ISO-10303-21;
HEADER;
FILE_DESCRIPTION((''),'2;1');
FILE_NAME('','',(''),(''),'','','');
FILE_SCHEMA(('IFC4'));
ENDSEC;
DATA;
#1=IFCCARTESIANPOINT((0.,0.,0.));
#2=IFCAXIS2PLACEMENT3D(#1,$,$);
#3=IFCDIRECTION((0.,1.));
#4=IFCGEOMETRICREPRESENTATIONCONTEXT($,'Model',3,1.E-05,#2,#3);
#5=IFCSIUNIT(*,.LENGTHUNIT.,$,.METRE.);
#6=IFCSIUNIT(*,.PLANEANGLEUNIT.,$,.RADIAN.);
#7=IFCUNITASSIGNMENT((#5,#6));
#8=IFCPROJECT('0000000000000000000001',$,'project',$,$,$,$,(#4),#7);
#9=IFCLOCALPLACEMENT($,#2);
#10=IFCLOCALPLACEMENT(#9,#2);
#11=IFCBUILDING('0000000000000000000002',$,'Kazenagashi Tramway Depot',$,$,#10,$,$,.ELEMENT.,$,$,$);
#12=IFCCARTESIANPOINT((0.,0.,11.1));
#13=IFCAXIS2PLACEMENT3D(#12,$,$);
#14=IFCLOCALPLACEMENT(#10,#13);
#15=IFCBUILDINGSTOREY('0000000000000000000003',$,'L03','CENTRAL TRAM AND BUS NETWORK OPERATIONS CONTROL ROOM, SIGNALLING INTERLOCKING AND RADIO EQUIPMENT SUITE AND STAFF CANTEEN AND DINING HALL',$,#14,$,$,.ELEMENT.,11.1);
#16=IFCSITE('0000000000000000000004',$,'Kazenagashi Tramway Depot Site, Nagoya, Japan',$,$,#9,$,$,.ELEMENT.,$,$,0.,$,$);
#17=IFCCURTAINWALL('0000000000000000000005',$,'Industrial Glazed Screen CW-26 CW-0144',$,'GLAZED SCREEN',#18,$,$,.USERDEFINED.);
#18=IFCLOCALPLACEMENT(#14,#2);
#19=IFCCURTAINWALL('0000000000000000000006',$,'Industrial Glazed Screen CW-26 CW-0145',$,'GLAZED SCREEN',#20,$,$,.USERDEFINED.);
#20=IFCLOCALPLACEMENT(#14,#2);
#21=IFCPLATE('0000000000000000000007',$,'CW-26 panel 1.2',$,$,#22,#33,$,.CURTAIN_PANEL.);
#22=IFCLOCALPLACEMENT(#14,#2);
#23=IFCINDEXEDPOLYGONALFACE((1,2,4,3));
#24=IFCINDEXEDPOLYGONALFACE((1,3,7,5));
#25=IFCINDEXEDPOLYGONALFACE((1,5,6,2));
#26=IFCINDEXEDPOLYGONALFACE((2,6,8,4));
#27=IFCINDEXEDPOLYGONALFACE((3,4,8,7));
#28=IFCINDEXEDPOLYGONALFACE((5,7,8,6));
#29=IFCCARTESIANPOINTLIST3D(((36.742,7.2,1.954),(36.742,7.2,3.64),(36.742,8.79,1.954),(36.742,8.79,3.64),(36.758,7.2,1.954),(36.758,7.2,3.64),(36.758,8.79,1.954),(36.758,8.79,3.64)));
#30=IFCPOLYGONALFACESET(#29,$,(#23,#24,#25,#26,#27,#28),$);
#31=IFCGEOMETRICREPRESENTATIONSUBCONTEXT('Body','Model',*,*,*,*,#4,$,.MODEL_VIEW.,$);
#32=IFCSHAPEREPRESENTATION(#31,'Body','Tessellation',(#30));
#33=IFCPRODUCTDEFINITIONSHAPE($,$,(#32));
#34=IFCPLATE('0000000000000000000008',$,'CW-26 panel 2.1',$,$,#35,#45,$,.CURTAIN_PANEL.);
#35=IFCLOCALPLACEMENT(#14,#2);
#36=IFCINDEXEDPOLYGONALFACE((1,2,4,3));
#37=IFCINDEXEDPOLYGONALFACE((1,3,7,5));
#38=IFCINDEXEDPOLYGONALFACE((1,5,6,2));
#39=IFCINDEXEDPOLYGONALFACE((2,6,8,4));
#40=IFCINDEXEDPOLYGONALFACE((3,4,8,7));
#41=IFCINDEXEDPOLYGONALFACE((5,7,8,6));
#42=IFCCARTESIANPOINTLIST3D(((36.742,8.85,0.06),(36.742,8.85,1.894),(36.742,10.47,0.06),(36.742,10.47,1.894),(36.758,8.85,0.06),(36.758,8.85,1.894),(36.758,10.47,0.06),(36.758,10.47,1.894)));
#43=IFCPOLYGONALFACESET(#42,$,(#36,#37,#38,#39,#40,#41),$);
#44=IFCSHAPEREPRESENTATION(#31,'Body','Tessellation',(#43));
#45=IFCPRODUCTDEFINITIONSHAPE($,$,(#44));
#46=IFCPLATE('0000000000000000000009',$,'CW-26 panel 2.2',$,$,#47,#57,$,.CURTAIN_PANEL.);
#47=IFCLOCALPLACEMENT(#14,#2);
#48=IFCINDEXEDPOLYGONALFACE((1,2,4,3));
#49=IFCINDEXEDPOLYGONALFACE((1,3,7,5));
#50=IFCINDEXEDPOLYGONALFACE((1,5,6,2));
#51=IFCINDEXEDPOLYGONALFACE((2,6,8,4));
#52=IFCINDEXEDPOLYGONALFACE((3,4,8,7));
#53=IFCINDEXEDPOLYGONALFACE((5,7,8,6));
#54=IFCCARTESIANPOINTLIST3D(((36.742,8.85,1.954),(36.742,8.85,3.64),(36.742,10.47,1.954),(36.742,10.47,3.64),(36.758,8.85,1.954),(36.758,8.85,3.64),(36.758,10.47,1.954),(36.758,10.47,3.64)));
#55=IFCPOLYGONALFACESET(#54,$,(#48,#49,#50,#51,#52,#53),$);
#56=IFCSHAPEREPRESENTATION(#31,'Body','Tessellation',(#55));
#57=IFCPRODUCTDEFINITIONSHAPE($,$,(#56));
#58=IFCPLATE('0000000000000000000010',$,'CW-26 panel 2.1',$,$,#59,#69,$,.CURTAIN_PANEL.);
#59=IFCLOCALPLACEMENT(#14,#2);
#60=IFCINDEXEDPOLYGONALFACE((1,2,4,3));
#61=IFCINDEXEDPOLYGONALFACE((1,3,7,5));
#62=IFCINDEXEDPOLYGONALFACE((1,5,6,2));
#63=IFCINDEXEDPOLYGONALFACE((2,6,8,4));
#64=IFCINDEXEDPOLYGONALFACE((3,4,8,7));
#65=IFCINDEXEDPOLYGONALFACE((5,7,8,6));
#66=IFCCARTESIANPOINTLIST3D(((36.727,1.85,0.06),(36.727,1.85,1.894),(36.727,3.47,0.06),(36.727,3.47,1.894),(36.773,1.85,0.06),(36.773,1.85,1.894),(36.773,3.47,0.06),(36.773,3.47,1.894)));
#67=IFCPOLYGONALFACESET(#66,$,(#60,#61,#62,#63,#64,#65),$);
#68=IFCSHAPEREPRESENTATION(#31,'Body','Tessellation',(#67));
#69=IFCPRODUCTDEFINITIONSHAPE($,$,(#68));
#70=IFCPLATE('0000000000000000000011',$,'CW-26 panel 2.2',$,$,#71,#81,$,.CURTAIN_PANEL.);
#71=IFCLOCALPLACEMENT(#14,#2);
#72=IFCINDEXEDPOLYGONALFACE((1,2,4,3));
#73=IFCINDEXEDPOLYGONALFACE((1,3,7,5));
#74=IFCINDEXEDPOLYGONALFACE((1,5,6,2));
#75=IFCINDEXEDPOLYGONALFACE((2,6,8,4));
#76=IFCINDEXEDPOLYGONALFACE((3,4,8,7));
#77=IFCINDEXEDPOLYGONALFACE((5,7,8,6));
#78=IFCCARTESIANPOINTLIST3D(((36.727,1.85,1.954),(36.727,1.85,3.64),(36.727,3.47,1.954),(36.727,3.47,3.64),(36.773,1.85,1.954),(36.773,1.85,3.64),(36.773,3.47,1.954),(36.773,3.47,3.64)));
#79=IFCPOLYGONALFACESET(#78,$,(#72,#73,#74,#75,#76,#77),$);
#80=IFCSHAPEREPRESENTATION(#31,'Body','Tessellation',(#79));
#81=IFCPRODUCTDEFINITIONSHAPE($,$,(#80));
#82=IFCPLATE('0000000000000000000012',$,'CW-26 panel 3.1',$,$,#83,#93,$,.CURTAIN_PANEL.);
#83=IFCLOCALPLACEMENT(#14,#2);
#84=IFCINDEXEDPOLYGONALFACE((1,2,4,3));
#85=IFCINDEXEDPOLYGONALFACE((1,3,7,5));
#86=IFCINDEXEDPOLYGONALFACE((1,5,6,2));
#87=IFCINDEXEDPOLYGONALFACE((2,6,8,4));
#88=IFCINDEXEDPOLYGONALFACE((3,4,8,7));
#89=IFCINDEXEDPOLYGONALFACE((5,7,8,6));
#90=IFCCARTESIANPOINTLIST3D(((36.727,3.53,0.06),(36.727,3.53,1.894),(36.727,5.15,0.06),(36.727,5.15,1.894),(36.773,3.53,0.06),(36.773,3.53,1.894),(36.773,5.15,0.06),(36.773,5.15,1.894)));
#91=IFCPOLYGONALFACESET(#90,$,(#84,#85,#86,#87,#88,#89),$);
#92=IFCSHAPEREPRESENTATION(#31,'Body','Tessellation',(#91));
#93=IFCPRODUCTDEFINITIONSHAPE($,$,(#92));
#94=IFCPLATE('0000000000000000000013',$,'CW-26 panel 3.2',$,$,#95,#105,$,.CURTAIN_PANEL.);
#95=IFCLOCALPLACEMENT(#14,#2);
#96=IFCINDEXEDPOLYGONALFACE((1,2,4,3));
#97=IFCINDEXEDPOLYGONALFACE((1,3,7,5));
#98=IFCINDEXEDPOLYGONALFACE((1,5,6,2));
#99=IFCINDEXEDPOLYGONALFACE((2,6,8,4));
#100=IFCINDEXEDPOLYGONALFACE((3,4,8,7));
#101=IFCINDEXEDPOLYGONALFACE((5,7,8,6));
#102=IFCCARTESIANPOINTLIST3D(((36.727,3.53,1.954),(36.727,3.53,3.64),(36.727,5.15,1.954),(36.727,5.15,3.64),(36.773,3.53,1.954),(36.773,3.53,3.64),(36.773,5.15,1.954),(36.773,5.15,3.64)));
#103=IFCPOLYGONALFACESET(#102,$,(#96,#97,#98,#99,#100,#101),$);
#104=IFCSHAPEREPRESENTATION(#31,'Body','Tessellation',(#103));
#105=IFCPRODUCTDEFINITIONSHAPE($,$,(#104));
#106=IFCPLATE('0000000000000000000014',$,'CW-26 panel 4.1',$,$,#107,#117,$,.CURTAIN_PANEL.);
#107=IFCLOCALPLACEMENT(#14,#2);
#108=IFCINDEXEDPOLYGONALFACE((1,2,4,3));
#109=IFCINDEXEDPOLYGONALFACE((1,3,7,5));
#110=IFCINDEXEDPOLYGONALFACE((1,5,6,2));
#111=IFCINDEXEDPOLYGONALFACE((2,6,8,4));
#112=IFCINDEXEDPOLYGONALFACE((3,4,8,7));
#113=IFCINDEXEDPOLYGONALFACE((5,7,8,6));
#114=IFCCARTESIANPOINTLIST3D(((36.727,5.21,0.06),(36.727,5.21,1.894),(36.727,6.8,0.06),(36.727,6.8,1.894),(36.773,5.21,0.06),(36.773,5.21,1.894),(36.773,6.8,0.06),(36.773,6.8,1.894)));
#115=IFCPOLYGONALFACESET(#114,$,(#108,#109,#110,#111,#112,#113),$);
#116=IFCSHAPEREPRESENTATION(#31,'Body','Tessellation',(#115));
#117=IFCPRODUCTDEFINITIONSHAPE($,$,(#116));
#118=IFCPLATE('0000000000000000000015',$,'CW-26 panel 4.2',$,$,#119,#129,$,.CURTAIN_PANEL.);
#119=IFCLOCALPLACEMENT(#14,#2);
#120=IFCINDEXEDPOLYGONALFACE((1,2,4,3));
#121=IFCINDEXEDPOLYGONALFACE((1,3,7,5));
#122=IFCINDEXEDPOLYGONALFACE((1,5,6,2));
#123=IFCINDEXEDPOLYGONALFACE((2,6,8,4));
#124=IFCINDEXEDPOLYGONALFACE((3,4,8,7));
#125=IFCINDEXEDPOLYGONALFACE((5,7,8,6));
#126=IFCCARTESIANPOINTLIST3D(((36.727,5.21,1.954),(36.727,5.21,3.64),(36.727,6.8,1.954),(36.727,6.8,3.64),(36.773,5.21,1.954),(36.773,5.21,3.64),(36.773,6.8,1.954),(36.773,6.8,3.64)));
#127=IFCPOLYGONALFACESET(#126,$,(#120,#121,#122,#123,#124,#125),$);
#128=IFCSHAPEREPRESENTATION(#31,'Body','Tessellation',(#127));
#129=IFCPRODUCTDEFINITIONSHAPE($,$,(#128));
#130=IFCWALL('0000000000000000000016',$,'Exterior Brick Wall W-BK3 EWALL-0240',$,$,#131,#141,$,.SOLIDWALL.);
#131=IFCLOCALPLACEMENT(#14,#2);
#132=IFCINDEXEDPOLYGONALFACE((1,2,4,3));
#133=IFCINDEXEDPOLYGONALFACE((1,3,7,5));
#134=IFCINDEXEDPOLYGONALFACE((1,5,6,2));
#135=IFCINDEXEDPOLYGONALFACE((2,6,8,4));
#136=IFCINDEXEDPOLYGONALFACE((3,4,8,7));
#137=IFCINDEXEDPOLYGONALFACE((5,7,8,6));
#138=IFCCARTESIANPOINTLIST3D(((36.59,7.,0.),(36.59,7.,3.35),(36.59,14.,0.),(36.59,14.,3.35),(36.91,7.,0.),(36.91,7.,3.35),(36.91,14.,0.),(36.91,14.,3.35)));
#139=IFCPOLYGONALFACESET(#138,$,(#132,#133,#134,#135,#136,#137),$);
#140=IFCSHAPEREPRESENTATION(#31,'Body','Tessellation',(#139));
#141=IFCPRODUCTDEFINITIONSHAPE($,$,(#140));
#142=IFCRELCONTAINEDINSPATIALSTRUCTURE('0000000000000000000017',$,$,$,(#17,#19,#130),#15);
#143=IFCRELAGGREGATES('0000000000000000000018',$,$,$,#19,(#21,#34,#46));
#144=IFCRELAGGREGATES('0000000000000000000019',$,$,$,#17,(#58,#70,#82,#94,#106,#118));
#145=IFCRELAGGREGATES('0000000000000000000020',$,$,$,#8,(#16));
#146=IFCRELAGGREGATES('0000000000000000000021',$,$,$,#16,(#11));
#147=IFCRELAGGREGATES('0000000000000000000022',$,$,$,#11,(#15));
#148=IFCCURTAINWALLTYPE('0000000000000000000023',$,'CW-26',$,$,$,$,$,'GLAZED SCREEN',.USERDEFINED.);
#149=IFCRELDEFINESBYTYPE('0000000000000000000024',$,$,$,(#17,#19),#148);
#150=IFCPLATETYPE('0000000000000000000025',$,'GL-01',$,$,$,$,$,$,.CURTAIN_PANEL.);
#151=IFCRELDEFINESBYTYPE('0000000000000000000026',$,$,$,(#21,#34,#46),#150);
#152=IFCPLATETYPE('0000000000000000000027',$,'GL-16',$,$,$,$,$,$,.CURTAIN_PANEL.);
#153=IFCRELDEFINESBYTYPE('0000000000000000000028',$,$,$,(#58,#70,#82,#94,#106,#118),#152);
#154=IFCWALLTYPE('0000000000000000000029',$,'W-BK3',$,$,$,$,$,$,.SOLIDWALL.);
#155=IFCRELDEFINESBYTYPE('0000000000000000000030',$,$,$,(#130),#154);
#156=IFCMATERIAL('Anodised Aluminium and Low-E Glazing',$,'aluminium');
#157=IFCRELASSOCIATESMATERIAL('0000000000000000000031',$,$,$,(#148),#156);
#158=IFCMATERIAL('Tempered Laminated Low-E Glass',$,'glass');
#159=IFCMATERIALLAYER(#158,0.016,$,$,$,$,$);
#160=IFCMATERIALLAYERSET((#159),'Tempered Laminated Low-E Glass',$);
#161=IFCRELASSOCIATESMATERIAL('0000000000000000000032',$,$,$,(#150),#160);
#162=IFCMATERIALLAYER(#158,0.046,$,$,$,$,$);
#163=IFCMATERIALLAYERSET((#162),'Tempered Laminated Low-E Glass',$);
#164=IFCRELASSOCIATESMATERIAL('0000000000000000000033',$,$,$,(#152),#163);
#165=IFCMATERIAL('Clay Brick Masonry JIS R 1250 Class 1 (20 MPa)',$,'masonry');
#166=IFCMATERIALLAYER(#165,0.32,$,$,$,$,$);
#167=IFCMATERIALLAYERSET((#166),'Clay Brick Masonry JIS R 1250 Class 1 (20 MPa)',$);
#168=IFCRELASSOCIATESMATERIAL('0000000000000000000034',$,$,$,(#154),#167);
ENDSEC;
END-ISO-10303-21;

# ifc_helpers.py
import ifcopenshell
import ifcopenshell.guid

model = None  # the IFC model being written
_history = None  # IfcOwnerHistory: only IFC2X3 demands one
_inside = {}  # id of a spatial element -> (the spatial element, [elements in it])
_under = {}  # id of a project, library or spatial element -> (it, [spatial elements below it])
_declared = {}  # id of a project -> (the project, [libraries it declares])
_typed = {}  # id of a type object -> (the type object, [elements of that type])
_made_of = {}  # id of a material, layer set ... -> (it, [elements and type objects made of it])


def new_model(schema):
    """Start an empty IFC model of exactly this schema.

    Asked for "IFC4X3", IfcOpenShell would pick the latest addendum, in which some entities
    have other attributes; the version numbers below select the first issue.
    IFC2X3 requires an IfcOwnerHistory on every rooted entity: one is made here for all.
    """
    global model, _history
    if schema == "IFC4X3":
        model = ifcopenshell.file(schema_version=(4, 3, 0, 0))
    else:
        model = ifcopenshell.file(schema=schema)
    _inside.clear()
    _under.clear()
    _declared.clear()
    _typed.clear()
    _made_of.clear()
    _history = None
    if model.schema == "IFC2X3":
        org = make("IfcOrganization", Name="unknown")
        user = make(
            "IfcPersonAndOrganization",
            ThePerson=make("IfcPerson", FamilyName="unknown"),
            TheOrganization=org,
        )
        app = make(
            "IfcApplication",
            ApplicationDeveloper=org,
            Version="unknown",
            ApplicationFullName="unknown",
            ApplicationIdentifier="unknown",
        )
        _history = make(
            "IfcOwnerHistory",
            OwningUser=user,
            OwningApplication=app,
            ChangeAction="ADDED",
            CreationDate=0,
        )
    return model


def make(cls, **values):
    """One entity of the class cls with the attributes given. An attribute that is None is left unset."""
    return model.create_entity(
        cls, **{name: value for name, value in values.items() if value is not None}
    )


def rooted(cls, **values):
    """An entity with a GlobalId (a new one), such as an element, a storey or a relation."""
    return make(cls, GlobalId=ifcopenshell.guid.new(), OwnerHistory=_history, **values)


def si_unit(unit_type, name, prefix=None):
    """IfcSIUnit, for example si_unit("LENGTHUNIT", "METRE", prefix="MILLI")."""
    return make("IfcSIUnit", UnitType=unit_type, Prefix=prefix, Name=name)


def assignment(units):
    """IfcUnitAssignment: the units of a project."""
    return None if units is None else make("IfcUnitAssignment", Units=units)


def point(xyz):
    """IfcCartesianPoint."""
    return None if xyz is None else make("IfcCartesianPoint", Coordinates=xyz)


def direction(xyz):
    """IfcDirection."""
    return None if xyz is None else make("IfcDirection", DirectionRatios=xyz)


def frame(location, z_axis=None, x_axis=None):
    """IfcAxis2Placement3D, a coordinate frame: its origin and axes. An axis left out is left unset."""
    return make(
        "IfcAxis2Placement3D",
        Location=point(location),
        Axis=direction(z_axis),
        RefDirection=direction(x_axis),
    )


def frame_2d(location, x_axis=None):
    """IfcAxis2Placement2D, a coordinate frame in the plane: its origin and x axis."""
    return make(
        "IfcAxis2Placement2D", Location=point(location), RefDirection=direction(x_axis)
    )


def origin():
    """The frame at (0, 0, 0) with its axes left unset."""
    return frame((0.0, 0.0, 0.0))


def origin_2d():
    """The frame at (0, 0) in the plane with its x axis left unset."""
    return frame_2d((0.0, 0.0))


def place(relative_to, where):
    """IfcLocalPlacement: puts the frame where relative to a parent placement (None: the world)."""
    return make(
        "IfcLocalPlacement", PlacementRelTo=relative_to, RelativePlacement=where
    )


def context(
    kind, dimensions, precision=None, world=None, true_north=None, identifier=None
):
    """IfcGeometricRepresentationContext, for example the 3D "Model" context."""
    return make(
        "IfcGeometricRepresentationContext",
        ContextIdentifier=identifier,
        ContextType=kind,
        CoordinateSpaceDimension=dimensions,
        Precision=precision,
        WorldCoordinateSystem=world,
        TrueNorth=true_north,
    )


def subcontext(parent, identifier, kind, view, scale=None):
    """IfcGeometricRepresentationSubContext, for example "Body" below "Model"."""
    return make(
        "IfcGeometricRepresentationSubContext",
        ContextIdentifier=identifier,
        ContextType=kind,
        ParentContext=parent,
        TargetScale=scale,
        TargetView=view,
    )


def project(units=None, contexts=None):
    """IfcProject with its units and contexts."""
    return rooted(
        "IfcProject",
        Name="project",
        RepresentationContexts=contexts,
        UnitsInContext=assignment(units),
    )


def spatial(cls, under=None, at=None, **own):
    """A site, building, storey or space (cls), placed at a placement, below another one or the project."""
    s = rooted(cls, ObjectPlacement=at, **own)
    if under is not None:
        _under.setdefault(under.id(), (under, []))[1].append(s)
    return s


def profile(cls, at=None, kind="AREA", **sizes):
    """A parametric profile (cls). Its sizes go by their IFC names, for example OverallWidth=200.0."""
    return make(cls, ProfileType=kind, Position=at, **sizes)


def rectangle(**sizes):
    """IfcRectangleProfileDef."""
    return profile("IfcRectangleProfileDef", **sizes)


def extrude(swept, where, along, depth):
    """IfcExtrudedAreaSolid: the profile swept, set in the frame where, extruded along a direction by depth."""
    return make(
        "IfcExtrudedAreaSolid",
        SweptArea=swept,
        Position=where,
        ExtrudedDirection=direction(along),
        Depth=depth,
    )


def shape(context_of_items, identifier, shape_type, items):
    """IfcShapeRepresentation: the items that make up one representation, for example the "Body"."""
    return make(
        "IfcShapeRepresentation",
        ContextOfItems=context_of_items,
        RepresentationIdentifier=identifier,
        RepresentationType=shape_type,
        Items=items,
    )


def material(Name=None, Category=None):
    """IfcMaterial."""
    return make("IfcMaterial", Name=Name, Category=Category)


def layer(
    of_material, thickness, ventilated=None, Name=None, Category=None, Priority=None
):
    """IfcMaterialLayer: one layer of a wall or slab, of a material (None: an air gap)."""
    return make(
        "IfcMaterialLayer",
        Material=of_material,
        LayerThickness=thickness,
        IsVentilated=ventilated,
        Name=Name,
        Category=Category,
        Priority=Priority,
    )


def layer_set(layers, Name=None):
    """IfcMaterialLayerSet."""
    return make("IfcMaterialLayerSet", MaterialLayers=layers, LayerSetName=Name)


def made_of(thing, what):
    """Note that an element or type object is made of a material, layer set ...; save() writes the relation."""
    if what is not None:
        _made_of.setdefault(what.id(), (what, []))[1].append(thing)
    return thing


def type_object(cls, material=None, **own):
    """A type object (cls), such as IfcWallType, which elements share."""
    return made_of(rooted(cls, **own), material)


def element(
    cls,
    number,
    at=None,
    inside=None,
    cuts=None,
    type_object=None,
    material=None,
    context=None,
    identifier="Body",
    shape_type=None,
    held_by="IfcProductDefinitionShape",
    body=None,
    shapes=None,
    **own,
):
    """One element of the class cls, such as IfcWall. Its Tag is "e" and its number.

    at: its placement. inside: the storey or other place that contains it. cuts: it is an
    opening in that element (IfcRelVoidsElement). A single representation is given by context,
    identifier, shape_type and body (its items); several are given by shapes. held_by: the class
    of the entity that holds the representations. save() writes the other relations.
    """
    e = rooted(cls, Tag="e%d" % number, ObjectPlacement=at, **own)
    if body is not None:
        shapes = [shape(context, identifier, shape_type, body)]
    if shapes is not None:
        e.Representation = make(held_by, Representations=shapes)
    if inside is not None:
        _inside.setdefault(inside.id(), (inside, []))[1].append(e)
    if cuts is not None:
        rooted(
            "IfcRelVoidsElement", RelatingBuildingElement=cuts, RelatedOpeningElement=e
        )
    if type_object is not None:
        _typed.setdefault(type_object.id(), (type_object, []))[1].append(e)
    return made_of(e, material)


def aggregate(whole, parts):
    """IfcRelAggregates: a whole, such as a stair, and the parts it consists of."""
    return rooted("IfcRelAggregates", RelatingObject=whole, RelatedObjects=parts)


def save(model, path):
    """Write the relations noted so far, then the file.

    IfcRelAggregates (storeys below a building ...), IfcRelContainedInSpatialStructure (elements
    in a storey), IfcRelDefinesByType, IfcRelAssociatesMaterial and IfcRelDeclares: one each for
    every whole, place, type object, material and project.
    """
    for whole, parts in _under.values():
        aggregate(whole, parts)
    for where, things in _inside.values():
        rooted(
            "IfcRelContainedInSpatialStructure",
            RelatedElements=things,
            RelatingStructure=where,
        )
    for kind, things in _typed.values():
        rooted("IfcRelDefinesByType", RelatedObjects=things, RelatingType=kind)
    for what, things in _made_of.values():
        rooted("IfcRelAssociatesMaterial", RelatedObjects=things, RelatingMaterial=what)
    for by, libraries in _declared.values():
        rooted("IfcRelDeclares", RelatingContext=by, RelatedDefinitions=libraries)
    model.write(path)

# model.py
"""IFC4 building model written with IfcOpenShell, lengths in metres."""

from ifc_helpers import new_model, si_unit, direction, frame, frame_2d, origin, origin_2d, place, context, subcontext, project, spatial, rectangle, extrude, material, layer, layer_set, type_object, element, aggregate, save


model = new_model("IFC4")

# Units and contexts
model_context = context("Model", 3, precision=1e-05, world=origin(), true_north=direction((0.0, 1.0)))
body_context = subcontext(model_context, "Body", "Model", "MODEL_VIEW")
ifc_project = project(units=[si_unit("LENGTHUNIT", "METRE"), si_unit("PLANEANGLEUNIT", "RADIAN")], contexts=[model_context])

# Site, building, storey
site_placement = place(None, origin())
site = spatial("IfcSite", under=ifc_project, at=site_placement, Name="Kazenagashi Tramway Depot Site, Nagoya, Japan", CompositionType="ELEMENT", RefElevation=0.0)
building_placement = place(site_placement, origin())
building = spatial("IfcBuilding", under=site, at=building_placement, Name="Kazenagashi Tramway Depot", CompositionType="ELEMENT")
storey_placement = place(building_placement, frame((0.0, 0.0, 11.1)))
storey = spatial("IfcBuildingStorey", under=building, at=storey_placement, Name="L03", Description="CENTRAL TRAM AND BUS NETWORK OPERATIONS CONTROL ROOM, SIGNALLING INTERLOCKING AND RADIO EQUIPMENT SUITE AND STAFF CANTEEN AND DINING HALL", CompositionType="ELEMENT", Elevation=11.1)

# Curtain walls
ifc_material_1 = material(Name="Anodised Aluminium and Low-E Glazing", Category="aluminium")
curtain_wall_type = type_object("IfcCurtainWallType", Name="CW-26", ElementType="GLAZED SCREEN", PredefinedType="USERDEFINED", material=ifc_material_1)
curtain_wall_1_placement = place(storey_placement, origin())
curtain_wall_1 = element("IfcCurtainWall", 1, at=curtain_wall_1_placement, inside=storey, type_object=curtain_wall_type, Name="Industrial Glazed Screen CW-26 CW-0144", ObjectType="GLAZED SCREEN", PredefinedType="USERDEFINED")
curtain_wall_2_placement = place(storey_placement, origin())
curtain_wall_2 = element("IfcCurtainWall", 2, at=curtain_wall_2_placement, inside=storey, type_object=curtain_wall_type, Name="Industrial Glazed Screen CW-26 CW-0145", ObjectType="GLAZED SCREEN", PredefinedType="USERDEFINED")

# Plates
ifc_material_2 = material(Name="Tempered Laminated Low-E Glass", Category="glass")
ifc_layer_1 = layer(ifc_material_2, 0.016)
ifc_layer_set_1 = layer_set([ifc_layer_1], Name="Tempered Laminated Low-E Glass")
plate_type_1 = type_object("IfcPlateType", Name="GL-01", PredefinedType="CURTAIN_PANEL", material=ifc_layer_set_1)
plate_1_placement = place(storey_placement, frame((36.75, 7.995, 1.954), z_axis=(0.0, 0.0, 1.0), x_axis=(0.0, 1.0, 0.0)))
plate_1 = element("IfcPlate", 3, at=plate_1_placement, type_object=plate_type_1, Name="CW-26 panel 1.2", PredefinedType="CURTAIN_PANEL", context=body_context, shape_type="SweptSolid", body=[
    extrude(rectangle(XDim=1.59, YDim=0.016, at=origin_2d()), origin(), (0.0, 0.0, 1.0), 1.686),
])
plate_2_placement = place(storey_placement, frame((36.75, 9.66, 0.06), z_axis=(0.0, 0.0, 1.0), x_axis=(0.0, 1.0, 0.0)))
plate_2 = element("IfcPlate", 4, at=plate_2_placement, type_object=plate_type_1, Name="CW-26 panel 2.1", PredefinedType="CURTAIN_PANEL", context=body_context, shape_type="SweptSolid", body=[
    extrude(rectangle(XDim=1.62, YDim=0.016, at=origin_2d()), origin(), (0.0, 0.0, 1.0), 1.834),
])
plate_3_placement = place(storey_placement, frame((36.75, 9.66, 1.954), z_axis=(0.0, 0.0, 1.0), x_axis=(0.0, 1.0, 0.0)))
plate_3 = element("IfcPlate", 5, at=plate_3_placement, type_object=plate_type_1, Name="CW-26 panel 2.2", PredefinedType="CURTAIN_PANEL", context=body_context, shape_type="SweptSolid", body=[
    extrude(rectangle(XDim=1.62, YDim=0.016, at=origin_2d()), origin(), (0.0, 0.0, 1.0), 1.686),
])
aggregate(curtain_wall_2, [plate_1, plate_2, plate_3])
ifc_layer_2 = layer(ifc_material_2, 0.046)
ifc_layer_set_2 = layer_set([ifc_layer_2], Name="Tempered Laminated Low-E Glass")
plate_type_2 = type_object("IfcPlateType", Name="GL-16", PredefinedType="CURTAIN_PANEL", material=ifc_layer_set_2)
plate_4_placement = place(storey_placement, frame((36.75, 2.66, 0.06), z_axis=(0.0, 0.0, 1.0), x_axis=(0.0, 1.0, 0.0)))
plate_4 = element("IfcPlate", 6, at=plate_4_placement, type_object=plate_type_2, Name="CW-26 panel 2.1", PredefinedType="CURTAIN_PANEL", context=body_context, shape_type="SweptSolid", body=[
    extrude(rectangle(XDim=1.62, YDim=0.046, at=origin_2d()), origin(), (0.0, 0.0, 1.0), 1.834),
])
plate_5_placement = place(storey_placement, frame((36.75, 2.66, 1.954), z_axis=(0.0, 0.0, 1.0), x_axis=(0.0, 1.0, 0.0)))
plate_5 = element("IfcPlate", 7, at=plate_5_placement, type_object=plate_type_2, Name="CW-26 panel 2.2", PredefinedType="CURTAIN_PANEL", context=body_context, shape_type="SweptSolid", body=[
    extrude(rectangle(XDim=1.62, YDim=0.046, at=origin_2d()), origin(), (0.0, 0.0, 1.0), 1.686),
])
plate_6_placement = place(storey_placement, frame((36.75, 4.34, 0.06), z_axis=(0.0, 0.0, 1.0), x_axis=(0.0, 1.0, 0.0)))
plate_6 = element("IfcPlate", 8, at=plate_6_placement, type_object=plate_type_2, Name="CW-26 panel 3.1", PredefinedType="CURTAIN_PANEL", context=body_context, shape_type="SweptSolid", body=[
    extrude(rectangle(XDim=1.62, YDim=0.046, at=origin_2d()), origin(), (0.0, 0.0, 1.0), 1.834),
])
plate_7_placement = place(storey_placement, frame((36.75, 4.34, 1.954), z_axis=(0.0, 0.0, 1.0), x_axis=(0.0, 1.0, 0.0)))
plate_7 = element("IfcPlate", 9, at=plate_7_placement, type_object=plate_type_2, Name="CW-26 panel 3.2", PredefinedType="CURTAIN_PANEL", context=body_context, shape_type="SweptSolid", body=[
    extrude(rectangle(XDim=1.62, YDim=0.046, at=origin_2d()), origin(), (0.0, 0.0, 1.0), 1.686),
])
plate_8_placement = place(storey_placement, frame((36.75, 6.005, 0.06), z_axis=(0.0, 0.0, 1.0), x_axis=(0.0, 1.0, 0.0)))
plate_8 = element("IfcPlate", 10, at=plate_8_placement, type_object=plate_type_2, Name="CW-26 panel 4.1", PredefinedType="CURTAIN_PANEL", context=body_context, shape_type="SweptSolid", body=[
    extrude(rectangle(XDim=1.59, YDim=0.046, at=origin_2d()), origin(), (0.0, 0.0, 1.0), 1.834),
])
plate_9_placement = place(storey_placement, frame((36.75, 6.005, 1.954), z_axis=(0.0, 0.0, 1.0), x_axis=(0.0, 1.0, 0.0)))
plate_9 = element("IfcPlate", 11, at=plate_9_placement, type_object=plate_type_2, Name="CW-26 panel 4.2", PredefinedType="CURTAIN_PANEL", context=body_context, shape_type="SweptSolid", body=[
    extrude(rectangle(XDim=1.59, YDim=0.046, at=origin_2d()), origin(), (0.0, 0.0, 1.0), 1.686),
])
aggregate(curtain_wall_1, [plate_4, plate_5, plate_6, plate_7, plate_8, plate_9])

# Wall
ifc_material_3 = material(Name="Clay Brick Masonry JIS R 1250 Class 1 (20 MPa)", Category="masonry")
ifc_layer_3 = layer(ifc_material_3, 0.32)
ifc_layer_set_3 = layer_set([ifc_layer_3], Name="Clay Brick Masonry JIS R 1250 Class 1 (20 MPa)")
wall_type = type_object("IfcWallType", Name="W-BK3", PredefinedType="SOLIDWALL", material=ifc_layer_set_3)
wall_placement = place(storey_placement, frame((36.75, 7.0, 0.0), z_axis=(0.0, 0.0, 1.0), x_axis=(0.0, 1.0, 0.0)))
element("IfcWall", 12, at=wall_placement, inside=storey, type_object=wall_type, Name="Exterior Brick Wall W-BK3 EWALL-0240", PredefinedType="SOLIDWALL", context=body_context, shape_type="SweptSolid", body=[
    extrude(rectangle(XDim=7.0, YDim=0.32, at=frame_2d((3.5, 0.0))), origin(), (0.0, 0.0, 1.0), 3.35),
])

save(model, "model.ifc")
